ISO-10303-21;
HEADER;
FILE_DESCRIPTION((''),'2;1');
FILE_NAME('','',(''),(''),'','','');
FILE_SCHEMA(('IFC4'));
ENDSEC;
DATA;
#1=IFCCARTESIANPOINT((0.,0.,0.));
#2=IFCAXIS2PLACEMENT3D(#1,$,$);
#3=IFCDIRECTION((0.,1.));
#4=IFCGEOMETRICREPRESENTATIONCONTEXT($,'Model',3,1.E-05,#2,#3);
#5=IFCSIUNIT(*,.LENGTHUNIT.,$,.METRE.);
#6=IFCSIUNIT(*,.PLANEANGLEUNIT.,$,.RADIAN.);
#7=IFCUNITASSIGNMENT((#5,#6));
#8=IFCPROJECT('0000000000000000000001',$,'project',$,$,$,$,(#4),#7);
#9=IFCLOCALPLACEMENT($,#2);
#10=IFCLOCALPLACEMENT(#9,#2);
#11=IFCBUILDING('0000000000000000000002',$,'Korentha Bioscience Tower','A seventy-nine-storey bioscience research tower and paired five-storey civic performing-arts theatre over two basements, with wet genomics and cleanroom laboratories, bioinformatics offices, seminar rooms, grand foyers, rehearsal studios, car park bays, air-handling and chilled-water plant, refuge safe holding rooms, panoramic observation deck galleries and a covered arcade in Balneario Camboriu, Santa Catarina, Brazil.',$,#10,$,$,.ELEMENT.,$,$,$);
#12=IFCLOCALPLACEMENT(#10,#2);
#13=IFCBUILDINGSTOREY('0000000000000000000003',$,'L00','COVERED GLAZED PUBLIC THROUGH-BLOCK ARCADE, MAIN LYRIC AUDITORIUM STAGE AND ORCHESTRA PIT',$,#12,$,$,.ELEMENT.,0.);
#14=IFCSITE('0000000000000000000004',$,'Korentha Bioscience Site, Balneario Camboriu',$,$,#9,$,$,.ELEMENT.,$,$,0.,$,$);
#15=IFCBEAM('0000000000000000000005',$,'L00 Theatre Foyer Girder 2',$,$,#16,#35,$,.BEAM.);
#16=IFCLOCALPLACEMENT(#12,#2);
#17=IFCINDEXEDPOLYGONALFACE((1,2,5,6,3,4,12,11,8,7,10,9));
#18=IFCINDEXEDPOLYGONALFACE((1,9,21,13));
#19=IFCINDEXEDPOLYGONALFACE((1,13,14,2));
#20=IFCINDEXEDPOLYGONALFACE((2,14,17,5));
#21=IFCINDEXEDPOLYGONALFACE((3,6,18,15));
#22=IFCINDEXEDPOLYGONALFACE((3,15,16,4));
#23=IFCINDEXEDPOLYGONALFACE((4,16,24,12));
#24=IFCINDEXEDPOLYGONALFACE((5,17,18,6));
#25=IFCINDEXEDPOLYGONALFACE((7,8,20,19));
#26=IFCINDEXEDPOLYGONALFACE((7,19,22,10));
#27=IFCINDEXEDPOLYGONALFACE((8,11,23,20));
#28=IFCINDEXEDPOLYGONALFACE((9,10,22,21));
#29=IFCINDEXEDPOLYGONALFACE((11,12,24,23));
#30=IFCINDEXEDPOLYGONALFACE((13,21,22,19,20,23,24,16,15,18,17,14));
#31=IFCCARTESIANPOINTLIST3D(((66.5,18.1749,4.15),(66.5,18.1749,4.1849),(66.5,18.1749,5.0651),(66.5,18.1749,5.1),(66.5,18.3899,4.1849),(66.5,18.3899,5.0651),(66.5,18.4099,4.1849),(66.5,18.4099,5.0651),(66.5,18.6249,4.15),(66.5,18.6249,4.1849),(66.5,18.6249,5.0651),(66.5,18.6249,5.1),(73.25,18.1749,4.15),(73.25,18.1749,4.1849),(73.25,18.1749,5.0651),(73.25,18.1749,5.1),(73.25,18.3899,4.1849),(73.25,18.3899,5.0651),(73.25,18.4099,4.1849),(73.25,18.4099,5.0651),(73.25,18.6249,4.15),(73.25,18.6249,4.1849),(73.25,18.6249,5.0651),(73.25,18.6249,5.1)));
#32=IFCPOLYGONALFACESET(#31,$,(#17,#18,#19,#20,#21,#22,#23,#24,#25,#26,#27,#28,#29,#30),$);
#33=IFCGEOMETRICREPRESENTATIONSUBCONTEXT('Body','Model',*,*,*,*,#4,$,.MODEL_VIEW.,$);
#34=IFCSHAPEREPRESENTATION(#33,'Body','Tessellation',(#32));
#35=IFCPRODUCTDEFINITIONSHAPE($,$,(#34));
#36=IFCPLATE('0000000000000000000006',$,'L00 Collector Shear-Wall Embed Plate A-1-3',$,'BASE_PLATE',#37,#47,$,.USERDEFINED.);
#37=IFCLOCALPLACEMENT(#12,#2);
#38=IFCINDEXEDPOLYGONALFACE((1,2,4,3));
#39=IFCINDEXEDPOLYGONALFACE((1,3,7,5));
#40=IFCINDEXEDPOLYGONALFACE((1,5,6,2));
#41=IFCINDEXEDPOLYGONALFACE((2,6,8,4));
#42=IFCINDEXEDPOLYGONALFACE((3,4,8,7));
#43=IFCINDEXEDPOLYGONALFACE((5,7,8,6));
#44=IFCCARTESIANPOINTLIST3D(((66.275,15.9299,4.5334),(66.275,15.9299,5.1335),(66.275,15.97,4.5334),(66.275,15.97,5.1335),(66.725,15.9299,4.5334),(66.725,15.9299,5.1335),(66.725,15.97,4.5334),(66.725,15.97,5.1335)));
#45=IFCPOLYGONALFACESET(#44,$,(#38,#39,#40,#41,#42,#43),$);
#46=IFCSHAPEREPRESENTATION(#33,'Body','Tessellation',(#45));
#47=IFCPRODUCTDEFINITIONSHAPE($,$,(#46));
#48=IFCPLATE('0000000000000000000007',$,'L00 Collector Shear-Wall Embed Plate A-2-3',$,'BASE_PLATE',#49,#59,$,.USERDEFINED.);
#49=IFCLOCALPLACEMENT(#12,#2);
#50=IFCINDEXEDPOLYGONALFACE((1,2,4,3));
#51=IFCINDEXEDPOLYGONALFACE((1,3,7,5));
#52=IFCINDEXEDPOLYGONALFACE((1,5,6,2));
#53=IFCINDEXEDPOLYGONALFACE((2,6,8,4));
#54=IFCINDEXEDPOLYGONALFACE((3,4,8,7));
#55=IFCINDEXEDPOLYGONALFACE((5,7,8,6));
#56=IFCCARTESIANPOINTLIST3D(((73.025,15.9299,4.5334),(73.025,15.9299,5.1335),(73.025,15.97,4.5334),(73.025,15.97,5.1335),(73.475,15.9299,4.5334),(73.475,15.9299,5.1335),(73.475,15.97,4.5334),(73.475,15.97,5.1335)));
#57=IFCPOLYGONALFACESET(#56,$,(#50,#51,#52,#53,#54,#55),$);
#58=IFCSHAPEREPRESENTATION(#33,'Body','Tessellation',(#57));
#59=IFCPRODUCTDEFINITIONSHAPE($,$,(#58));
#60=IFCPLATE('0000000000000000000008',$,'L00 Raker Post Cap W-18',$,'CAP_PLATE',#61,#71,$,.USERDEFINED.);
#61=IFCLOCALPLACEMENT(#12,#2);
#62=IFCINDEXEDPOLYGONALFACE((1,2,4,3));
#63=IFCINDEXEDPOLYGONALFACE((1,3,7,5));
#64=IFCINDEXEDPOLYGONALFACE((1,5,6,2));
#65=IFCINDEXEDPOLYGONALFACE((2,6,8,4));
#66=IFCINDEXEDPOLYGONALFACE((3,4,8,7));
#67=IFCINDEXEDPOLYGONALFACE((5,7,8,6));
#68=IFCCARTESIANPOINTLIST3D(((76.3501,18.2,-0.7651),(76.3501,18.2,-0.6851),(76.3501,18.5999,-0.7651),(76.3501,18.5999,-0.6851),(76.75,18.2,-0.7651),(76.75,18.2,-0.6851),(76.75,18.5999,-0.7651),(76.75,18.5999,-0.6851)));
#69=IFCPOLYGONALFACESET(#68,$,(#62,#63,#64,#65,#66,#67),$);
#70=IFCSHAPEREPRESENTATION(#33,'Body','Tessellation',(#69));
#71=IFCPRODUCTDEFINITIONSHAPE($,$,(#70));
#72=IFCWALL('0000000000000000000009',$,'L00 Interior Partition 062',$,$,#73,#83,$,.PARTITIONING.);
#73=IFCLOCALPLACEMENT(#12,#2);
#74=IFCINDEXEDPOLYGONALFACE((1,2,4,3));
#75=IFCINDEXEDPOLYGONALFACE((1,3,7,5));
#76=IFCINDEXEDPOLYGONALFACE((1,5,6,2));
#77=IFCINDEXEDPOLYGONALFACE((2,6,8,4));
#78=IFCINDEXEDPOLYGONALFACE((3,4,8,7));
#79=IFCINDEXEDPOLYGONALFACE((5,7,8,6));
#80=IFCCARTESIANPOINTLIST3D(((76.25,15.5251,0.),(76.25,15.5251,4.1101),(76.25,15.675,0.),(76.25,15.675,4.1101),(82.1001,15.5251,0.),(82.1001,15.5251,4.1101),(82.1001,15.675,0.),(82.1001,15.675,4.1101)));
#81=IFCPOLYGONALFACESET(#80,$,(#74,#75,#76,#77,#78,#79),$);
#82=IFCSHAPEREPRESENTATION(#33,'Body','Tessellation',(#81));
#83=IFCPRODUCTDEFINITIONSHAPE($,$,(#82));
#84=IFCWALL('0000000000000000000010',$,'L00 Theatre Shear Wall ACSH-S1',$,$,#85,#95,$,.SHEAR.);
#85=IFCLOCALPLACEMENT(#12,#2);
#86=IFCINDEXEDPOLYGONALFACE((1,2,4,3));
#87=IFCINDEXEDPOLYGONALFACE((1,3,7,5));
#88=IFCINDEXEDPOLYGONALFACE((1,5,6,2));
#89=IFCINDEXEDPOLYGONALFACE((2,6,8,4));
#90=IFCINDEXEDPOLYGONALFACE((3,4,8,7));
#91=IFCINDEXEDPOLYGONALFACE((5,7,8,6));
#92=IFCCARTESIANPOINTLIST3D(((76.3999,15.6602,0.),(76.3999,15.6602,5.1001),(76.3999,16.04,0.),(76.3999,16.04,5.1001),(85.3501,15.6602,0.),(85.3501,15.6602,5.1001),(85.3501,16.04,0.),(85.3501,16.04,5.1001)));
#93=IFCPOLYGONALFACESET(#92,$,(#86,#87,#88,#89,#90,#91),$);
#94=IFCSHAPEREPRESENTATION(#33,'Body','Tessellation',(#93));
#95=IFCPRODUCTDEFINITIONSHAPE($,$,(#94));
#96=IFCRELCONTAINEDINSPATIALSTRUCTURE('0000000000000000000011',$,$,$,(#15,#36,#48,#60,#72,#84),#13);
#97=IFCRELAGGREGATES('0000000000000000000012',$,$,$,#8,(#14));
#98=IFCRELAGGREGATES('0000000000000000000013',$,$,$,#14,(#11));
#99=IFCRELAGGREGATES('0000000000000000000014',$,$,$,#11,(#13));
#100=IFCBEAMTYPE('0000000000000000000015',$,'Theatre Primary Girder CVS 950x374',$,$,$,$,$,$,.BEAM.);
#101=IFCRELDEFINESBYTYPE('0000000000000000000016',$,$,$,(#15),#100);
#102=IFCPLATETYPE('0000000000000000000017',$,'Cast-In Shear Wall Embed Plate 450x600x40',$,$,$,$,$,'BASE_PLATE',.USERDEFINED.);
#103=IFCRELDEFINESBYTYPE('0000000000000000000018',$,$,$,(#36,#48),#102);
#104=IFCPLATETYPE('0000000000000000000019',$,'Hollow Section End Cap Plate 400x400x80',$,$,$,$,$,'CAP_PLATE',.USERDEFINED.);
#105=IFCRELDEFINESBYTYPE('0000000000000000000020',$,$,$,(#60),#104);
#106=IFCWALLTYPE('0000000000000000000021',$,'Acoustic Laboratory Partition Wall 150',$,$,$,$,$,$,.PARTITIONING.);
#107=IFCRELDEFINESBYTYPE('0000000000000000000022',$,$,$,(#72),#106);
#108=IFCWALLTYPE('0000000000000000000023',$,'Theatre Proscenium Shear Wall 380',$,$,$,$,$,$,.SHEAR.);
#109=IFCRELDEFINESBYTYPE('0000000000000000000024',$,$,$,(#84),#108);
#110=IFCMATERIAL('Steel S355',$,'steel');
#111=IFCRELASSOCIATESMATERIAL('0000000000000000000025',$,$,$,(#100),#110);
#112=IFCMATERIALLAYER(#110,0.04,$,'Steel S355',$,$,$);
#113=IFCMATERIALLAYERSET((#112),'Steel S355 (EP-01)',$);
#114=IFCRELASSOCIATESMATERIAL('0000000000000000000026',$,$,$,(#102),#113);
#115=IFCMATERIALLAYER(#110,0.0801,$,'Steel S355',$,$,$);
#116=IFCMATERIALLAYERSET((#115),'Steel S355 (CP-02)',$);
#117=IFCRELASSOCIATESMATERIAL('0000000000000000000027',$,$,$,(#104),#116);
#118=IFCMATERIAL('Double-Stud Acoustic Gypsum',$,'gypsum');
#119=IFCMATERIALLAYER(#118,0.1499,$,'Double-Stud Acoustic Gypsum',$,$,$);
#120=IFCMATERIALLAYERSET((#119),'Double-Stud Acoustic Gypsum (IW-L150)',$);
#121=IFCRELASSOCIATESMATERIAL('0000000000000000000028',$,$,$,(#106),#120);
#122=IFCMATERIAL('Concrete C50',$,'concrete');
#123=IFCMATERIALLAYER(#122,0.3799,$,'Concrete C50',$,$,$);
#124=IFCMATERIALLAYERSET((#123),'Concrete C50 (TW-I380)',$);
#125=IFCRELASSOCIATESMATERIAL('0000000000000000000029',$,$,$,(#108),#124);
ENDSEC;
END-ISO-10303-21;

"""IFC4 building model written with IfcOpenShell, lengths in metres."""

from ifc_helpers import new_model, si_unit, direction, frame, frame_2d, origin, origin_2d, place, context, subcontext, project, spatial, rectangle, i_section, extrude, material, layer, layer_set, material_profile, profile_set, type_object, element, save


model = new_model("IFC4")

# Units and contexts
model_context = context("Model", 3, precision=1e-05, world=origin(), true_north=direction((0.0, 1.0)))
body_context = subcontext(model_context, "Body", "Model", "MODEL_VIEW")
ifc_project = project(units=[si_unit("LENGTHUNIT", "METRE"), si_unit("PLANEANGLEUNIT", "RADIAN")], contexts=[model_context])

# Site, building, storey
site_placement = place(None, origin())
site = spatial("IfcSite", under=ifc_project, at=site_placement, Name="Korentha Bioscience Site, Balneario Camboriu", CompositionType="ELEMENT", RefElevation=0.0)
building_placement = place(site_placement, origin())
building = spatial("IfcBuilding", under=site, at=building_placement, Name="Korentha Bioscience Tower", Description="A seventy-nine-storey bioscience research tower and paired five-storey civic performing-arts theatre over two basements, with wet genomics and cleanroom laboratories, bioinformatics offices, seminar rooms, grand foyers, rehearsal studios, car park bays, air-handling and chilled-water plant, refuge safe holding rooms, panoramic observation deck galleries and a covered arcade in Balneario Camboriu, Santa Catarina, Brazil.", CompositionType="ELEMENT")
storey_placement = place(building_placement, origin())
storey = spatial("IfcBuildingStorey", under=building, at=storey_placement, Name="L00", Description="COVERED GLAZED PUBLIC THROUGH-BLOCK ARCADE, MAIN LYRIC AUDITORIUM STAGE AND ORCHESTRA PIT", CompositionType="ELEMENT", Elevation=0.0)

# Shared definitions
ifc_material_1 = material(Name="Concrete C50", Category="concrete")
ifc_material_2 = material(Name="Steel S355", Category="steel")

# Beam
ifc_material_profile_1 = material_profile(ifc_material_2, i_section(OverallWidth=0.45, OverallDepth=0.95, WebThickness=0.02, FlangeThickness=0.0349, at=origin_2d()), Name="Steel S355")
ifc_profile_set_1 = profile_set([ifc_material_profile_1], Name="Steel S355 (TB-950)")
beam_type_1 = type_object("IfcBeamType", Name="Theatre Primary Girder CVS 950x374", PredefinedType="BEAM", material=ifc_profile_set_1)
beam_1_placement = place(storey_placement, frame((66.5, 18.3999, 4.625), z_axis=(1.0, 0.0, 0.0), x_axis=(0.0, 1.0, 0.0)))
element("IfcBeam", 1, at=beam_1_placement, inside=storey, type_object=beam_type_1, Name="L00 Theatre Foyer Girder 2", PredefinedType="BEAM", context=body_context, shape_type="SweptSolid", body=[
    extrude(i_section(OverallWidth=0.45, OverallDepth=0.95, WebThickness=0.02, FlangeThickness=0.0349, at=origin_2d()), origin(), (0.0, 0.0, 1.0), 6.75),
])

# Plates
ifc_layer_1 = layer(ifc_material_2, 0.04, Name="Steel S355")
ifc_layer_set_1 = layer_set([ifc_layer_1], Name="Steel S355 (EP-01)")
plate_type_1 = type_object("IfcPlateType", Name="Cast-In Shear Wall Embed Plate 450x600x40", ElementType="BASE_PLATE", PredefinedType="USERDEFINED", material=ifc_layer_set_1)
for number, where, z_axis, x_axis, name in (
    (2, (66.5, 15.95, 4.5334), (0.0, 0.0, 1.0), (1.0, 0.0, 0.0), "L00 Collector Shear-Wall Embed Plate A-1-3"),
    (3, (73.25, 15.95, 4.5334), (0.0, 0.0, 1.0), (1.0, 0.0, 0.0), "L00 Collector Shear-Wall Embed Plate A-2-3"),
):
    element("IfcPlate", number, at=place(storey_placement, frame(where, z_axis=z_axis, x_axis=x_axis)), inside=storey, type_object=plate_type_1, Name=name, ObjectType="BASE_PLATE", PredefinedType="USERDEFINED", context=body_context, shape_type="SweptSolid", body=[
        extrude(rectangle(XDim=0.45, YDim=0.04, at=origin_2d()), origin(), (0.0, 0.0, 1.0), 0.6001),
    ])
ifc_layer_2 = layer(ifc_material_2, 0.0801, Name="Steel S355")
ifc_layer_set_2 = layer_set([ifc_layer_2], Name="Steel S355 (CP-02)")
plate_type_2 = type_object("IfcPlateType", Name="Hollow Section End Cap Plate 400x400x80", ElementType="CAP_PLATE", PredefinedType="USERDEFINED", material=ifc_layer_set_2)
plate_placement = place(storey_placement, frame((76.55, 18.3999, -0.7651), z_axis=(0.0, 0.0, 1.0), x_axis=(1.0, 0.0, 0.0)))
element("IfcPlate", 4, at=plate_placement, inside=storey, type_object=plate_type_2, Name="L00 Raker Post Cap W-18", ObjectType="CAP_PLATE", PredefinedType="USERDEFINED", context=body_context, shape_type="SweptSolid", body=[
    extrude(rectangle(XDim=0.3999, YDim=0.3999, at=origin_2d()), origin(), (0.0, 0.0, 1.0), 0.0801),
])

# Walls
ifc_material_3 = material(Name="Double-Stud Acoustic Gypsum", Category="gypsum")
ifc_layer_3 = layer(ifc_material_3, 0.1499, Name="Double-Stud Acoustic Gypsum")
ifc_layer_set_3 = layer_set([ifc_layer_3], Name="Double-Stud Acoustic Gypsum (IW-L150)")
wall_type_1 = type_object("IfcWallType", Name="Acoustic Laboratory Partition Wall 150", PredefinedType="PARTITIONING", material=ifc_layer_set_3)
wall_1_placement = place(storey_placement, frame((76.25, 15.6001, 0.0), z_axis=(0.0, 0.0, 1.0), x_axis=(1.0, 0.0, 0.0)))
element("IfcWall", 5, at=wall_1_placement, inside=storey, type_object=wall_type_1, Name="L00 Interior Partition 062", PredefinedType="PARTITIONING", context=body_context, shape_type="SweptSolid", body=[
    extrude(rectangle(XDim=5.8501, YDim=0.1499, at=frame_2d((2.925, 0.0))), origin(), (0.0, 0.0, 1.0), 4.1101),
])
ifc_layer_4 = layer(ifc_material_1, 0.3799, Name="Concrete C50")
ifc_layer_set_4 = layer_set([ifc_layer_4], Name="Concrete C50 (TW-I380)")
wall_type_2 = type_object("IfcWallType", Name="Theatre Proscenium Shear Wall 380", PredefinedType="SHEAR", material=ifc_layer_set_4)
wall_2_placement = place(storey_placement, frame((76.3999, 15.8501, 0.0), z_axis=(0.0, 0.0, 1.0), x_axis=(1.0, 0.0, 0.0)))
element("IfcWall", 6, at=wall_2_placement, inside=storey, type_object=wall_type_2, Name="L00 Theatre Shear Wall ACSH-S1", PredefinedType="SHEAR", context=body_context, shape_type="SweptSolid", body=[
    extrude(rectangle(XDim=8.9502, YDim=0.3799, at=frame_2d((4.4751, 0.0))), origin(), (0.0, 0.0, 1.0), 5.1001),
])

save(model, "model.ifc")
